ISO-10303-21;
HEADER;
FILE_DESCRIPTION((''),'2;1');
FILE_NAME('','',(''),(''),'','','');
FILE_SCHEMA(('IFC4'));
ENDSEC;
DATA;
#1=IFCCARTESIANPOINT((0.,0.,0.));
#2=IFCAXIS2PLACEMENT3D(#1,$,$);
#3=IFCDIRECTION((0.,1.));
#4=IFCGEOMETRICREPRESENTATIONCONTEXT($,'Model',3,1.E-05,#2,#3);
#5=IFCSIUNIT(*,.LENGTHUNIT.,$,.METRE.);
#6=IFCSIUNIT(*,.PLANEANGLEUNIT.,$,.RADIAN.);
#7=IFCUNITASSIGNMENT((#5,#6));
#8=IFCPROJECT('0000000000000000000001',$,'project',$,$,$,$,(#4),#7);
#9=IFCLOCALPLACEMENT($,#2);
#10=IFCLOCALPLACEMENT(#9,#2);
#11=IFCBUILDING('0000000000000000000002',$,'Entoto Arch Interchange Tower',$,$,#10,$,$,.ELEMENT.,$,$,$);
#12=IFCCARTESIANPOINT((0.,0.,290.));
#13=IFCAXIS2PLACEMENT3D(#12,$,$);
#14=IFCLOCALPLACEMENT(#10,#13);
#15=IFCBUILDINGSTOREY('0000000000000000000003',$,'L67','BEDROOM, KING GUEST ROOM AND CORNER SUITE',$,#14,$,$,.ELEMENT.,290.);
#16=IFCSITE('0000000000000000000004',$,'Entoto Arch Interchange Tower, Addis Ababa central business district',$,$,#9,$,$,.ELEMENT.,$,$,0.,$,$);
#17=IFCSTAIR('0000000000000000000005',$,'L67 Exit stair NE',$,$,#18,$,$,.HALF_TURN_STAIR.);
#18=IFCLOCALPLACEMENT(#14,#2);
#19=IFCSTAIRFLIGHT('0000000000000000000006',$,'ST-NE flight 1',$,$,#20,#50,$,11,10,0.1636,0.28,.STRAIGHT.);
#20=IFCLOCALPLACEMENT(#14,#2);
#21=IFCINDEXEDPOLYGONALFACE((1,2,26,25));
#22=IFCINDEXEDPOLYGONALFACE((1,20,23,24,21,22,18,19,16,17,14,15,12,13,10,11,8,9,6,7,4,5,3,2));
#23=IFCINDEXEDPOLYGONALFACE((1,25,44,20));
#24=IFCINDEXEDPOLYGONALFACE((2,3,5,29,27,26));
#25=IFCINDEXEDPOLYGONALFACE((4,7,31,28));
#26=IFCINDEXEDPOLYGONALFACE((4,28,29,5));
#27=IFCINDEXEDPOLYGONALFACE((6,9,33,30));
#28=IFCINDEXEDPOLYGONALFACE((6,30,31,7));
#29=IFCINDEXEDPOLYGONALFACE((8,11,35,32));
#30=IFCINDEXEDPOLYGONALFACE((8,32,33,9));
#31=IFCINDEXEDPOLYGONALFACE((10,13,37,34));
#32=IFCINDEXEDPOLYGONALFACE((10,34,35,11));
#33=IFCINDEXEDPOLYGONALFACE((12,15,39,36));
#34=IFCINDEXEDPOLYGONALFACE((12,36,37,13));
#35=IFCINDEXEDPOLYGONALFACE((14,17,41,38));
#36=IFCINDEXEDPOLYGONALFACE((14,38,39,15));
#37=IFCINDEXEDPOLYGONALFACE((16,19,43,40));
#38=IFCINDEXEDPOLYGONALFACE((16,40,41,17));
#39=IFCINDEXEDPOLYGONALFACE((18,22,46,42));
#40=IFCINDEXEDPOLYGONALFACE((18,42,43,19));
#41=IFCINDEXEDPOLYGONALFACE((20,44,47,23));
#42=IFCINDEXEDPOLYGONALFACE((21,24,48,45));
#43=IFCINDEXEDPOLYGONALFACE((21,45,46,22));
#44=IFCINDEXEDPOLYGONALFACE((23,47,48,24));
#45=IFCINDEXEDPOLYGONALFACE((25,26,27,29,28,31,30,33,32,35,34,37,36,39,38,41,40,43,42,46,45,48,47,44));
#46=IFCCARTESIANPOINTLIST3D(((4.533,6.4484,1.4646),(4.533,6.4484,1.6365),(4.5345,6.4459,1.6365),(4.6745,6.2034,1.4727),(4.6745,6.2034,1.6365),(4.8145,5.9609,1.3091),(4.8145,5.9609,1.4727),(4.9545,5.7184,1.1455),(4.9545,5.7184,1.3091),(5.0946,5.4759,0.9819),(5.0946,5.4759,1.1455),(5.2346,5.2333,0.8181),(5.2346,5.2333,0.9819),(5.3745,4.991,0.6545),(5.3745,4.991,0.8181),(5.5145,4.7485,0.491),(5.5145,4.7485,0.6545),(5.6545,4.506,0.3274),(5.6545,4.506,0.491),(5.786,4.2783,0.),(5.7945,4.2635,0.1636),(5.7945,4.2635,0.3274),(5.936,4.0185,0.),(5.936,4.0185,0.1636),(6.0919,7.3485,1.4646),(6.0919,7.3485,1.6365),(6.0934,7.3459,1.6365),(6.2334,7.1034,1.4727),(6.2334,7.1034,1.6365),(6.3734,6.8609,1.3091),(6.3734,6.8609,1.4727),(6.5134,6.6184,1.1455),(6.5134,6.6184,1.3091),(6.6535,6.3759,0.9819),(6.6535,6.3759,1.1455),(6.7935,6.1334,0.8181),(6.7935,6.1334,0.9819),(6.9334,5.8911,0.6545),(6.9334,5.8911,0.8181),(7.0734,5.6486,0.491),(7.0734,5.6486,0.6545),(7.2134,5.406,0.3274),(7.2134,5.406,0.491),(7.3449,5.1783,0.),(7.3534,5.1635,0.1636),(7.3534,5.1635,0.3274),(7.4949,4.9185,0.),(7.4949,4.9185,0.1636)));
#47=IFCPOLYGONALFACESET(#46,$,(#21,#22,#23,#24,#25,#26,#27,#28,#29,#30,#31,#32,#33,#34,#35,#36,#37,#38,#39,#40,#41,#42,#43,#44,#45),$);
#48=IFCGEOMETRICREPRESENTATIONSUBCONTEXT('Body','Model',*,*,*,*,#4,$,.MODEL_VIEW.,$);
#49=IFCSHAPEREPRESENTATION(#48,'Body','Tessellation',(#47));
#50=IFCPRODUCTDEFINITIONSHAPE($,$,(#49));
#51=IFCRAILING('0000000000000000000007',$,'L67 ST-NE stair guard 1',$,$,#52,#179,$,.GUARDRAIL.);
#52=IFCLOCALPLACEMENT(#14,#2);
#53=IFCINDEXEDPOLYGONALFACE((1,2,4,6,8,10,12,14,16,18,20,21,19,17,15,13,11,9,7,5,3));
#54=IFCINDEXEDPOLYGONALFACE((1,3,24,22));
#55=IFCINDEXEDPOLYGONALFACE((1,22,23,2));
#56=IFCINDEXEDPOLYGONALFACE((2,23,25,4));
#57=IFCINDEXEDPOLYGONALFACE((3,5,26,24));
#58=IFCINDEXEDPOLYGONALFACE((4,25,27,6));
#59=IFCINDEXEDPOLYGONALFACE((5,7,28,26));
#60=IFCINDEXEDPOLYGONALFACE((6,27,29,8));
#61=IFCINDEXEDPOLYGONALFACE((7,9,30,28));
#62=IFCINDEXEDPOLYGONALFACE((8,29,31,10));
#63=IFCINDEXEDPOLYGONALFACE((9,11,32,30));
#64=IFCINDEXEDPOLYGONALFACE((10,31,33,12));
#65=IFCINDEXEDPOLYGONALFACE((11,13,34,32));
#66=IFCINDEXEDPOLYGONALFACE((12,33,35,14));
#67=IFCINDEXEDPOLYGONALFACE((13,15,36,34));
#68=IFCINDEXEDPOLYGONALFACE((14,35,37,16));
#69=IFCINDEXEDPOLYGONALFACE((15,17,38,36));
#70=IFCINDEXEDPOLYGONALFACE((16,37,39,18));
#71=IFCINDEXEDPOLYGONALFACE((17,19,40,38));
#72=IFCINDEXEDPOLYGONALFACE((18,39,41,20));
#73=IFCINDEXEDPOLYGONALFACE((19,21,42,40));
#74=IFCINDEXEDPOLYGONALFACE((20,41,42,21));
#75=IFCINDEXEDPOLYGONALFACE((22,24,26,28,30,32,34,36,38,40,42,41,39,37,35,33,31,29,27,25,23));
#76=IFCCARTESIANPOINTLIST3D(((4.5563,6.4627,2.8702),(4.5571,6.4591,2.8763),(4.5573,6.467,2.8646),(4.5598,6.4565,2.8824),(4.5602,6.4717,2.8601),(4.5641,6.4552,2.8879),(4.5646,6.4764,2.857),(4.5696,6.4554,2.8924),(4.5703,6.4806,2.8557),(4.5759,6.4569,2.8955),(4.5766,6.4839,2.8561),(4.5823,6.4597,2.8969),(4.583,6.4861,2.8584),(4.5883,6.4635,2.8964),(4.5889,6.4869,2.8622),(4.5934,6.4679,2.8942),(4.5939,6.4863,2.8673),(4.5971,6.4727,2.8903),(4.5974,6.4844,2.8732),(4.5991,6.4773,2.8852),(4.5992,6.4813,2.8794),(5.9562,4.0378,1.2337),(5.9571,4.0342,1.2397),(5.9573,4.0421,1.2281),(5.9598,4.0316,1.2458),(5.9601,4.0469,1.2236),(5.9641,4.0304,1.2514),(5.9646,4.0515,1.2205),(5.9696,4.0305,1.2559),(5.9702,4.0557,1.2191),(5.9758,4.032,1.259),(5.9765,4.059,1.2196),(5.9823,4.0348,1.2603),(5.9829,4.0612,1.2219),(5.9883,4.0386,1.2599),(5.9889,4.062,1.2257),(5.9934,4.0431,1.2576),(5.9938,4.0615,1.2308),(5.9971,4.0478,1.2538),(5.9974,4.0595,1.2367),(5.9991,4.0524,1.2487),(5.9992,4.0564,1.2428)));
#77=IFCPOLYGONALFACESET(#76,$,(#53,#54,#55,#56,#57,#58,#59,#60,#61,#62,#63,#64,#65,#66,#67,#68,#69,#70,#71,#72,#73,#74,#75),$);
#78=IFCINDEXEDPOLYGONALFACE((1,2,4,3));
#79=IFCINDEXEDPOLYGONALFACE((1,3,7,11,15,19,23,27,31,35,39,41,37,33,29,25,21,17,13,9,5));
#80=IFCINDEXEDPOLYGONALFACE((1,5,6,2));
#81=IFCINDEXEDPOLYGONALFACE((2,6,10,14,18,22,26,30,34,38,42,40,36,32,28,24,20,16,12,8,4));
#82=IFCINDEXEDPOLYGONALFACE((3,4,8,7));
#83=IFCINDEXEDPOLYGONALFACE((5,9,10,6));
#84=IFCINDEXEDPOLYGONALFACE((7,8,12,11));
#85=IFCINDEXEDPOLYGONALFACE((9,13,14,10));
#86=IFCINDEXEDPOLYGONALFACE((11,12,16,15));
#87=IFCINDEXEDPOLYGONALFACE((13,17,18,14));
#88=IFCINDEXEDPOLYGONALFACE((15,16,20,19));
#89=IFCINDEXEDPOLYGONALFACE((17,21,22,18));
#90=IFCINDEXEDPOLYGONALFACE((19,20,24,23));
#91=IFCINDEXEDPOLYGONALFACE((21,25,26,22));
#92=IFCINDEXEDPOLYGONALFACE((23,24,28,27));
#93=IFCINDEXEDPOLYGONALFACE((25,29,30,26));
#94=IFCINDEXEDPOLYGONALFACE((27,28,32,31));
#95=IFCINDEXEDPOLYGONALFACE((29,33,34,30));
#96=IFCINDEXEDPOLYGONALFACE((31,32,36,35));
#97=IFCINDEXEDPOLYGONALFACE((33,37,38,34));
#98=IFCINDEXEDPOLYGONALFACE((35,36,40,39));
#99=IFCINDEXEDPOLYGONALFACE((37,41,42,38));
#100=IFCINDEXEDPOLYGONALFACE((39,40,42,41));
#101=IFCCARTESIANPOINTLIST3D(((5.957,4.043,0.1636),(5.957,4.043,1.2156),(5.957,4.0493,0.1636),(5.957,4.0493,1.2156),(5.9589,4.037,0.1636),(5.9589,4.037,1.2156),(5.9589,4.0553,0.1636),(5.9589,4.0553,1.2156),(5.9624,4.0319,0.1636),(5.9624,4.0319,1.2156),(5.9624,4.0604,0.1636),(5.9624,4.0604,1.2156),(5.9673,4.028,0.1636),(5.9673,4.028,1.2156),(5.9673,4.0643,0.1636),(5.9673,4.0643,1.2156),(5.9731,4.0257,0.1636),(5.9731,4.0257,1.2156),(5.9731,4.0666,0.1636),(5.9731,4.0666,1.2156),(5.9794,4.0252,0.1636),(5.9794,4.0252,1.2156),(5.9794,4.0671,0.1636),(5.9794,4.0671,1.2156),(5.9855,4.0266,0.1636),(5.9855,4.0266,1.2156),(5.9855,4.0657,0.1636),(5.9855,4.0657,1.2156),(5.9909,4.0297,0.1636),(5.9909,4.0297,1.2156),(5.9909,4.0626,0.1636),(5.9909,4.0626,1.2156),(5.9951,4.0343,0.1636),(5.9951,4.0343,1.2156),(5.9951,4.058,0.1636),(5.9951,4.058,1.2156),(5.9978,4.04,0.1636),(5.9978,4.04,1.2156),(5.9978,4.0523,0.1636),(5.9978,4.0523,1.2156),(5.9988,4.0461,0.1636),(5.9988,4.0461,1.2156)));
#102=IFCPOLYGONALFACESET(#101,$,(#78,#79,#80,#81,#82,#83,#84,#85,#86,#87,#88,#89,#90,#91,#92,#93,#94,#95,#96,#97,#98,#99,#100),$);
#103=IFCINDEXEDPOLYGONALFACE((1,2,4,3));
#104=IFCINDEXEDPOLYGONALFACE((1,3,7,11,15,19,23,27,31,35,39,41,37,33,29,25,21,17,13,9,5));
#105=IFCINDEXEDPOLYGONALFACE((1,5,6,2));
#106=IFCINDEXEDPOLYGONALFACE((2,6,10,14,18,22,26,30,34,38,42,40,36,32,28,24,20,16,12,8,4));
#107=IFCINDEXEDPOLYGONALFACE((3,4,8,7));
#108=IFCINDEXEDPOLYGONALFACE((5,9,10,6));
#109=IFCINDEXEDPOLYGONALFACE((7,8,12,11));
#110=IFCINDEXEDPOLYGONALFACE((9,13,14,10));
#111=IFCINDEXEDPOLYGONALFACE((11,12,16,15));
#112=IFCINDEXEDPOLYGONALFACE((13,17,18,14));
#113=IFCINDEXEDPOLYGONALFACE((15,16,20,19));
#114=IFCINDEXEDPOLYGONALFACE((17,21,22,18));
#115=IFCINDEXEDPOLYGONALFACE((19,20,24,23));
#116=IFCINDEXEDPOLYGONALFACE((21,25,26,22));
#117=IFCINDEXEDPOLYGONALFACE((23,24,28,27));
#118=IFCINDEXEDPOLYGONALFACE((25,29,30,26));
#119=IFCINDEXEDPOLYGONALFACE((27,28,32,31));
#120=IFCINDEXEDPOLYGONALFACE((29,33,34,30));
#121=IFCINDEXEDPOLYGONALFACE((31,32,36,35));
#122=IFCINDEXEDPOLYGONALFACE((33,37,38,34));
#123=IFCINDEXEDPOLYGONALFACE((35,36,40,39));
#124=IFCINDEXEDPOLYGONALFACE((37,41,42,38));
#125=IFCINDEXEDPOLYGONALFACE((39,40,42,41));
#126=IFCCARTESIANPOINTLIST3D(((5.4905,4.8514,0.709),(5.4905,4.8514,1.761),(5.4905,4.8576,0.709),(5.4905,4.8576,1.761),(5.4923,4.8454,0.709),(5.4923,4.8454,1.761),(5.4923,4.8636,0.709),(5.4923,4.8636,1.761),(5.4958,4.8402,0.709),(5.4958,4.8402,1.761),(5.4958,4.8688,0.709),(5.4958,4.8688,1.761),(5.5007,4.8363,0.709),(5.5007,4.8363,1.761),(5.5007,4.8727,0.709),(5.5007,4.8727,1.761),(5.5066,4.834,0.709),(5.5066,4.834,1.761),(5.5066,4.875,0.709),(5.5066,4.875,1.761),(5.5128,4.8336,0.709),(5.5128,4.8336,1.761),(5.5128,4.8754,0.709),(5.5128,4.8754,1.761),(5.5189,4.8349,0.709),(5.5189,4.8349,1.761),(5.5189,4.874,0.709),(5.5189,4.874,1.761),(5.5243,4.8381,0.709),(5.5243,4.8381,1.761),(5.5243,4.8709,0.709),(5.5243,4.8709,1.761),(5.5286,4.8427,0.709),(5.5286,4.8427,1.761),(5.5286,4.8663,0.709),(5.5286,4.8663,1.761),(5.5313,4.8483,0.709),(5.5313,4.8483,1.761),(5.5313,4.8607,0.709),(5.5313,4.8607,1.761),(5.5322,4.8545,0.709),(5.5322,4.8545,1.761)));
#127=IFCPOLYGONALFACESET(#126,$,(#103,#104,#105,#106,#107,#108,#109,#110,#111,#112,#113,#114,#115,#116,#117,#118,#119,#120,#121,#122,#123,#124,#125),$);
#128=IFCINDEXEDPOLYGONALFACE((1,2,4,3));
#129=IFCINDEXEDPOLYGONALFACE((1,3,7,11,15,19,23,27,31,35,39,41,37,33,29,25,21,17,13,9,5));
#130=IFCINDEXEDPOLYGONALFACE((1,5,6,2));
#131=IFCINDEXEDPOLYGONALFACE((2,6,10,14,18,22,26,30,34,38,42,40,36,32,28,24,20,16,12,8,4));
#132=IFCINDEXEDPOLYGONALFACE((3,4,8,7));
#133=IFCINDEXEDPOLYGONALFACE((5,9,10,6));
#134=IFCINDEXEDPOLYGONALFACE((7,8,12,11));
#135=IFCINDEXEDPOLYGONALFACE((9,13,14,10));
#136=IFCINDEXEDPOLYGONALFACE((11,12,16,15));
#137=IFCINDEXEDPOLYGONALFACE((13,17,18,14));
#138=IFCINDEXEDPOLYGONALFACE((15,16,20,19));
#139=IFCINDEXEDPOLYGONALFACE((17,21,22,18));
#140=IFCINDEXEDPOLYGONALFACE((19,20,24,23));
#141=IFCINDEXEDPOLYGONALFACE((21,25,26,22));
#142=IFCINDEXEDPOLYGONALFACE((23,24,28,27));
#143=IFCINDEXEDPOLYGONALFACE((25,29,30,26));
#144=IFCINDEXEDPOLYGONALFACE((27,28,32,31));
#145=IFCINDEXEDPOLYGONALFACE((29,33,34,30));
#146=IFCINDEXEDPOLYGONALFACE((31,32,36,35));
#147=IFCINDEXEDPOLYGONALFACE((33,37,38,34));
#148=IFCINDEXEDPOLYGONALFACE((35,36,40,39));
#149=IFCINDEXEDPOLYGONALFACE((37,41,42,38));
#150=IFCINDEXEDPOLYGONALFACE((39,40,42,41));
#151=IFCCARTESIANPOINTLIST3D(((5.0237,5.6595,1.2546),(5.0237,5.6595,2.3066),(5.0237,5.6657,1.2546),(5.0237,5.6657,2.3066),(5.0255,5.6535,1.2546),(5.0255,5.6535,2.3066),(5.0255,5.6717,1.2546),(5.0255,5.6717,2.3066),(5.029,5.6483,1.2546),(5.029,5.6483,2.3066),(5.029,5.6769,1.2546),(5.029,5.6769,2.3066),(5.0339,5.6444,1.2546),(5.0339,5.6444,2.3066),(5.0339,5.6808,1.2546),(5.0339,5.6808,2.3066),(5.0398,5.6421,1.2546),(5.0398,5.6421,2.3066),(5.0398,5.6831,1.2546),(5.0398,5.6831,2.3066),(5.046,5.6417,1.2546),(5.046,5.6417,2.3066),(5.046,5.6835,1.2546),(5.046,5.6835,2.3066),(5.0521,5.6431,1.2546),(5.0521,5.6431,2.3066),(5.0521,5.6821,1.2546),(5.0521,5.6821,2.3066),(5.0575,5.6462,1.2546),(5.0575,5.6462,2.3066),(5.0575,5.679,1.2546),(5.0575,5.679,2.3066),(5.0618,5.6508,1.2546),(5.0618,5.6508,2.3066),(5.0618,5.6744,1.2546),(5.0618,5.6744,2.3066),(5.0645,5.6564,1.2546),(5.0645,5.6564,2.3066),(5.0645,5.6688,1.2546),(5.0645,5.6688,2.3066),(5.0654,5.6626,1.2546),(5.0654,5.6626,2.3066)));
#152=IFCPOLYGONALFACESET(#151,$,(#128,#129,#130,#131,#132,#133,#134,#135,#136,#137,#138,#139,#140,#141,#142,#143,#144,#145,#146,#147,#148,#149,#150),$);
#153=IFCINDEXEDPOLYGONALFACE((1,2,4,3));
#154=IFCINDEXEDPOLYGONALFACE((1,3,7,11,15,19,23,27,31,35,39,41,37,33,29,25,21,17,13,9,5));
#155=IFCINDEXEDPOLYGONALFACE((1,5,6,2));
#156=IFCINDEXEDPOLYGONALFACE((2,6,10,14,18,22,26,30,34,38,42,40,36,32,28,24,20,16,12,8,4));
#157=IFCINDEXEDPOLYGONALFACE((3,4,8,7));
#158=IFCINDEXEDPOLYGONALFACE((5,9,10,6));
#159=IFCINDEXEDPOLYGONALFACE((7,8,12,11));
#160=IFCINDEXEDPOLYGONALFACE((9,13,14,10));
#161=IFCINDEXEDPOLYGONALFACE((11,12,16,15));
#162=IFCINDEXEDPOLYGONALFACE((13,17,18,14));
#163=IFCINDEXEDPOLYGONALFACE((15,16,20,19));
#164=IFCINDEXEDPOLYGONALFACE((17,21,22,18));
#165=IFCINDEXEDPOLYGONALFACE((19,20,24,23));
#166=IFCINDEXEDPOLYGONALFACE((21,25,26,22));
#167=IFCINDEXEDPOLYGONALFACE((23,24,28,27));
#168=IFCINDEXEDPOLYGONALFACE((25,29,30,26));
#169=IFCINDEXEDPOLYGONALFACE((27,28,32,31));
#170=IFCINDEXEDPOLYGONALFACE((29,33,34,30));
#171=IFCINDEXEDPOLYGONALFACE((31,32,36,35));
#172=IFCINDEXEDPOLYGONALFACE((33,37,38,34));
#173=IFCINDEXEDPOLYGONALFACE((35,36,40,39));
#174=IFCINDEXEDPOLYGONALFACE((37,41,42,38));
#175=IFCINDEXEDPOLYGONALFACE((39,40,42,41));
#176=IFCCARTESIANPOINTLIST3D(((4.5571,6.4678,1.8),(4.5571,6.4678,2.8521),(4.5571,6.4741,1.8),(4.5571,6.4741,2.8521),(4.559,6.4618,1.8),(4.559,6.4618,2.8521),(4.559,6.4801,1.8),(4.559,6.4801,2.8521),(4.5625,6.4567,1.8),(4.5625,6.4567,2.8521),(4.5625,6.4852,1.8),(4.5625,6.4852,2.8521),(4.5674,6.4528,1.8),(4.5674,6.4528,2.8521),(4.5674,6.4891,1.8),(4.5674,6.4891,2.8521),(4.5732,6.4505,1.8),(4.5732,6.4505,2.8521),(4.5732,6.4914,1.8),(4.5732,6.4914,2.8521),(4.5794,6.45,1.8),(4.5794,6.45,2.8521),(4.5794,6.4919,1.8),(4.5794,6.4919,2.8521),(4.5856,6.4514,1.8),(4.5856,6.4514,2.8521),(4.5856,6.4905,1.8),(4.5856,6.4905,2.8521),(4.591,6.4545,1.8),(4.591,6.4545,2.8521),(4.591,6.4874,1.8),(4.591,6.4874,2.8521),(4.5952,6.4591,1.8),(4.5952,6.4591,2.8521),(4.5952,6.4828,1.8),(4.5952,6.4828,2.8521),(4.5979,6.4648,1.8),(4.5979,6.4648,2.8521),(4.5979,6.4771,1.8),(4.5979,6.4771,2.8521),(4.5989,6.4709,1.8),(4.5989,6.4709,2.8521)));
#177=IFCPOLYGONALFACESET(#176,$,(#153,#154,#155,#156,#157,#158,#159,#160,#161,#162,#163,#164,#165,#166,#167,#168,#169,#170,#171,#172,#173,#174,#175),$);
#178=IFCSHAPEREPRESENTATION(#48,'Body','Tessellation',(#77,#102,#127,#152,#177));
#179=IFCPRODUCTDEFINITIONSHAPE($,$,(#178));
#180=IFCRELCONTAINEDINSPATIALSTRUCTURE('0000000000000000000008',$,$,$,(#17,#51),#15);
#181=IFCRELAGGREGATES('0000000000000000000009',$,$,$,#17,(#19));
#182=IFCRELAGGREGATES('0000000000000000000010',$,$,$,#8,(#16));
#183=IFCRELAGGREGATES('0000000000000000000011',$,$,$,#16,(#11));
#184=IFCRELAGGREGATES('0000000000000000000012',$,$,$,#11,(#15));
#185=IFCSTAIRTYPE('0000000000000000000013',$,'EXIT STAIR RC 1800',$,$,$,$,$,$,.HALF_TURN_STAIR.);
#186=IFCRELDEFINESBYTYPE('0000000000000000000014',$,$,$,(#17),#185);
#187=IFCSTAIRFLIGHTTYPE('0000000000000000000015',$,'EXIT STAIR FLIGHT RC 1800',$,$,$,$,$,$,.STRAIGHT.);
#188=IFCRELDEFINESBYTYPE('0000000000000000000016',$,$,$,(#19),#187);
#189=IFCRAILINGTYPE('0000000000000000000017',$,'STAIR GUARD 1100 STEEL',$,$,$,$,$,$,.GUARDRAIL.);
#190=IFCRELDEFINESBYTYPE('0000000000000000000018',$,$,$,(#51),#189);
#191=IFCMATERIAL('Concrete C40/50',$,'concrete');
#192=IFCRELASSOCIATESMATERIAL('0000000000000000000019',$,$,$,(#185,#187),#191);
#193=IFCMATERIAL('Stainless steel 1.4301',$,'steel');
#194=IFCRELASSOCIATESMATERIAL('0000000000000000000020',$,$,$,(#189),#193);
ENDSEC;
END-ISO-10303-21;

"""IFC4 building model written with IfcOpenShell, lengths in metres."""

from ifc_helpers import new_model, si_unit, direction, frame, origin, origin_2d, place, context, subcontext, project, spatial, polyline, circle, outline, extrude, material, type_object, element, aggregate, save


model = new_model("IFC4")

# Units and contexts
model_context = context("Model", 3, precision=1e-05, world=origin(), true_north=direction((0.0, 1.0)))
body_context = subcontext(model_context, "Body", "Model", "MODEL_VIEW")
ifc_project = project(units=[si_unit("LENGTHUNIT", "METRE"), si_unit("PLANEANGLEUNIT", "RADIAN")], contexts=[model_context])

# Site, building, storey
site_placement = place(None, origin())
site = spatial("IfcSite", under=ifc_project, at=site_placement, Name="Entoto Arch Interchange Tower, Addis Ababa central business district", CompositionType="ELEMENT", RefElevation=0.0)
building_placement = place(site_placement, origin())
building = spatial("IfcBuilding", under=site, at=building_placement, Name="Entoto Arch Interchange Tower", CompositionType="ELEMENT")
storey_placement = place(building_placement, frame((0.0, 0.0, 290.0)))
storey = spatial("IfcBuildingStorey", under=building, at=storey_placement, Name="L67", Description="BEDROOM, KING GUEST ROOM AND CORNER SUITE", CompositionType="ELEMENT", Elevation=290.0)

# Shared definitions
ifc_material_1 = material(Name="Concrete C40/50", Category="concrete")

# Stair, stair flight
stair_type = type_object("IfcStairType", Name="EXIT STAIR RC 1800", PredefinedType="HALF_TURN_STAIR", material=ifc_material_1)
stair_placement = place(storey_placement, origin())
stair = element("IfcStair", 1, at=stair_placement, inside=storey, type_object=stair_type, Name="L67 Exit stair NE", PredefinedType="HALF_TURN_STAIR")
stair_flight_type = type_object("IfcStairFlightType", Name="EXIT STAIR FLIGHT RC 1800", PredefinedType="STRAIGHT", material=ifc_material_1)
stair_flight_placement = place(storey_placement, frame((6.7139, 4.4709, 0.0), z_axis=(0.0, 0.0, 1.0), x_axis=(-0.5, 0.866025, 0.0)))
stair_flight = element("IfcStairFlight", 2, at=stair_flight_placement, type_object=stair_flight_type, Name="ST-NE flight 1", NumberOfRisers=11, NumberOfTreads=10, PredefinedType="STRAIGHT", RiserHeight=0.1636, TreadLength=0.28, context=body_context, shape_type="SweptSolid", body=[
    extrude(outline(polyline([(-0.0029, 0.0), (-0.0029, 0.1636), (0.28, 0.1636), (0.28, 0.3274), (0.5601, 0.3274), (0.5601, 0.491), (0.8401, 0.491), (0.8401, 0.6545), (1.1201, 0.6545), (1.1201, 0.8181), (1.3999, 0.8181), (1.3999, 0.9819), (1.6799, 0.9819), (1.6799, 1.1455), (1.96, 1.1455), (1.96, 1.3091), (2.24, 1.3091), (2.24, 1.4727), (2.52, 1.4727), (2.52, 1.6365), (2.8, 1.6365), (2.803, 1.6365), (2.803, 1.4646), (0.2971, 0.0), (-0.0029, 0.0)])), frame((0.0, 0.8999, 0.0), z_axis=(0.0, -1.0, 0.0), x_axis=(1.0, 0.0, 0.0)), (0.0, 0.0, 1.0), 1.8),
])
aggregate(stair, [stair_flight])

# Railing
ifc_material_2 = material(Name="Stainless steel 1.4301", Category="steel")
railing_type_1 = type_object("IfcRailingType", Name="STAIR GUARD 1100 STEEL", PredefinedType="GUARDRAIL", material=ifc_material_2)
railing_1_placement = place(storey_placement, frame((5.9778, 4.0461, 0.1636)))
element("IfcRailing", 3, at=railing_1_placement, inside=storey, type_object=railing_type_1, Name="L67 ST-NE stair guard 1", PredefinedType="GUARDRAIL", context=body_context, shape_type="SweptSolid", body=[
    extrude(circle(Radius=0.0239, at=origin_2d()), frame((0.0, 0.0, 1.0762), z_axis=(-0.431661, 0.74769, 0.504608), x_axis=(-0.866035, -0.499984, 0.0)), (0.0, 0.0, 1.0), 3.2432),
    extrude(circle(Radius=0.021, at=origin_2d()), origin(), (0.0, 0.0, 1.0), 1.052),
    extrude(circle(Radius=0.021, at=origin_2d()), frame((-0.4666, 0.8083, 0.5454)), (0.0, 0.0, 1.0), 1.052),
    extrude(circle(Radius=0.021, at=origin_2d()), frame((-0.9333, 1.6165, 1.0911)), (0.0, 0.0, 1.0), 1.052),
    extrude(circle(Radius=0.021, at=origin_2d()), frame((-1.3999, 2.4248, 1.6365)), (0.0, 0.0, 1.0), 1.052),
])

save(model, "model.ifc")
